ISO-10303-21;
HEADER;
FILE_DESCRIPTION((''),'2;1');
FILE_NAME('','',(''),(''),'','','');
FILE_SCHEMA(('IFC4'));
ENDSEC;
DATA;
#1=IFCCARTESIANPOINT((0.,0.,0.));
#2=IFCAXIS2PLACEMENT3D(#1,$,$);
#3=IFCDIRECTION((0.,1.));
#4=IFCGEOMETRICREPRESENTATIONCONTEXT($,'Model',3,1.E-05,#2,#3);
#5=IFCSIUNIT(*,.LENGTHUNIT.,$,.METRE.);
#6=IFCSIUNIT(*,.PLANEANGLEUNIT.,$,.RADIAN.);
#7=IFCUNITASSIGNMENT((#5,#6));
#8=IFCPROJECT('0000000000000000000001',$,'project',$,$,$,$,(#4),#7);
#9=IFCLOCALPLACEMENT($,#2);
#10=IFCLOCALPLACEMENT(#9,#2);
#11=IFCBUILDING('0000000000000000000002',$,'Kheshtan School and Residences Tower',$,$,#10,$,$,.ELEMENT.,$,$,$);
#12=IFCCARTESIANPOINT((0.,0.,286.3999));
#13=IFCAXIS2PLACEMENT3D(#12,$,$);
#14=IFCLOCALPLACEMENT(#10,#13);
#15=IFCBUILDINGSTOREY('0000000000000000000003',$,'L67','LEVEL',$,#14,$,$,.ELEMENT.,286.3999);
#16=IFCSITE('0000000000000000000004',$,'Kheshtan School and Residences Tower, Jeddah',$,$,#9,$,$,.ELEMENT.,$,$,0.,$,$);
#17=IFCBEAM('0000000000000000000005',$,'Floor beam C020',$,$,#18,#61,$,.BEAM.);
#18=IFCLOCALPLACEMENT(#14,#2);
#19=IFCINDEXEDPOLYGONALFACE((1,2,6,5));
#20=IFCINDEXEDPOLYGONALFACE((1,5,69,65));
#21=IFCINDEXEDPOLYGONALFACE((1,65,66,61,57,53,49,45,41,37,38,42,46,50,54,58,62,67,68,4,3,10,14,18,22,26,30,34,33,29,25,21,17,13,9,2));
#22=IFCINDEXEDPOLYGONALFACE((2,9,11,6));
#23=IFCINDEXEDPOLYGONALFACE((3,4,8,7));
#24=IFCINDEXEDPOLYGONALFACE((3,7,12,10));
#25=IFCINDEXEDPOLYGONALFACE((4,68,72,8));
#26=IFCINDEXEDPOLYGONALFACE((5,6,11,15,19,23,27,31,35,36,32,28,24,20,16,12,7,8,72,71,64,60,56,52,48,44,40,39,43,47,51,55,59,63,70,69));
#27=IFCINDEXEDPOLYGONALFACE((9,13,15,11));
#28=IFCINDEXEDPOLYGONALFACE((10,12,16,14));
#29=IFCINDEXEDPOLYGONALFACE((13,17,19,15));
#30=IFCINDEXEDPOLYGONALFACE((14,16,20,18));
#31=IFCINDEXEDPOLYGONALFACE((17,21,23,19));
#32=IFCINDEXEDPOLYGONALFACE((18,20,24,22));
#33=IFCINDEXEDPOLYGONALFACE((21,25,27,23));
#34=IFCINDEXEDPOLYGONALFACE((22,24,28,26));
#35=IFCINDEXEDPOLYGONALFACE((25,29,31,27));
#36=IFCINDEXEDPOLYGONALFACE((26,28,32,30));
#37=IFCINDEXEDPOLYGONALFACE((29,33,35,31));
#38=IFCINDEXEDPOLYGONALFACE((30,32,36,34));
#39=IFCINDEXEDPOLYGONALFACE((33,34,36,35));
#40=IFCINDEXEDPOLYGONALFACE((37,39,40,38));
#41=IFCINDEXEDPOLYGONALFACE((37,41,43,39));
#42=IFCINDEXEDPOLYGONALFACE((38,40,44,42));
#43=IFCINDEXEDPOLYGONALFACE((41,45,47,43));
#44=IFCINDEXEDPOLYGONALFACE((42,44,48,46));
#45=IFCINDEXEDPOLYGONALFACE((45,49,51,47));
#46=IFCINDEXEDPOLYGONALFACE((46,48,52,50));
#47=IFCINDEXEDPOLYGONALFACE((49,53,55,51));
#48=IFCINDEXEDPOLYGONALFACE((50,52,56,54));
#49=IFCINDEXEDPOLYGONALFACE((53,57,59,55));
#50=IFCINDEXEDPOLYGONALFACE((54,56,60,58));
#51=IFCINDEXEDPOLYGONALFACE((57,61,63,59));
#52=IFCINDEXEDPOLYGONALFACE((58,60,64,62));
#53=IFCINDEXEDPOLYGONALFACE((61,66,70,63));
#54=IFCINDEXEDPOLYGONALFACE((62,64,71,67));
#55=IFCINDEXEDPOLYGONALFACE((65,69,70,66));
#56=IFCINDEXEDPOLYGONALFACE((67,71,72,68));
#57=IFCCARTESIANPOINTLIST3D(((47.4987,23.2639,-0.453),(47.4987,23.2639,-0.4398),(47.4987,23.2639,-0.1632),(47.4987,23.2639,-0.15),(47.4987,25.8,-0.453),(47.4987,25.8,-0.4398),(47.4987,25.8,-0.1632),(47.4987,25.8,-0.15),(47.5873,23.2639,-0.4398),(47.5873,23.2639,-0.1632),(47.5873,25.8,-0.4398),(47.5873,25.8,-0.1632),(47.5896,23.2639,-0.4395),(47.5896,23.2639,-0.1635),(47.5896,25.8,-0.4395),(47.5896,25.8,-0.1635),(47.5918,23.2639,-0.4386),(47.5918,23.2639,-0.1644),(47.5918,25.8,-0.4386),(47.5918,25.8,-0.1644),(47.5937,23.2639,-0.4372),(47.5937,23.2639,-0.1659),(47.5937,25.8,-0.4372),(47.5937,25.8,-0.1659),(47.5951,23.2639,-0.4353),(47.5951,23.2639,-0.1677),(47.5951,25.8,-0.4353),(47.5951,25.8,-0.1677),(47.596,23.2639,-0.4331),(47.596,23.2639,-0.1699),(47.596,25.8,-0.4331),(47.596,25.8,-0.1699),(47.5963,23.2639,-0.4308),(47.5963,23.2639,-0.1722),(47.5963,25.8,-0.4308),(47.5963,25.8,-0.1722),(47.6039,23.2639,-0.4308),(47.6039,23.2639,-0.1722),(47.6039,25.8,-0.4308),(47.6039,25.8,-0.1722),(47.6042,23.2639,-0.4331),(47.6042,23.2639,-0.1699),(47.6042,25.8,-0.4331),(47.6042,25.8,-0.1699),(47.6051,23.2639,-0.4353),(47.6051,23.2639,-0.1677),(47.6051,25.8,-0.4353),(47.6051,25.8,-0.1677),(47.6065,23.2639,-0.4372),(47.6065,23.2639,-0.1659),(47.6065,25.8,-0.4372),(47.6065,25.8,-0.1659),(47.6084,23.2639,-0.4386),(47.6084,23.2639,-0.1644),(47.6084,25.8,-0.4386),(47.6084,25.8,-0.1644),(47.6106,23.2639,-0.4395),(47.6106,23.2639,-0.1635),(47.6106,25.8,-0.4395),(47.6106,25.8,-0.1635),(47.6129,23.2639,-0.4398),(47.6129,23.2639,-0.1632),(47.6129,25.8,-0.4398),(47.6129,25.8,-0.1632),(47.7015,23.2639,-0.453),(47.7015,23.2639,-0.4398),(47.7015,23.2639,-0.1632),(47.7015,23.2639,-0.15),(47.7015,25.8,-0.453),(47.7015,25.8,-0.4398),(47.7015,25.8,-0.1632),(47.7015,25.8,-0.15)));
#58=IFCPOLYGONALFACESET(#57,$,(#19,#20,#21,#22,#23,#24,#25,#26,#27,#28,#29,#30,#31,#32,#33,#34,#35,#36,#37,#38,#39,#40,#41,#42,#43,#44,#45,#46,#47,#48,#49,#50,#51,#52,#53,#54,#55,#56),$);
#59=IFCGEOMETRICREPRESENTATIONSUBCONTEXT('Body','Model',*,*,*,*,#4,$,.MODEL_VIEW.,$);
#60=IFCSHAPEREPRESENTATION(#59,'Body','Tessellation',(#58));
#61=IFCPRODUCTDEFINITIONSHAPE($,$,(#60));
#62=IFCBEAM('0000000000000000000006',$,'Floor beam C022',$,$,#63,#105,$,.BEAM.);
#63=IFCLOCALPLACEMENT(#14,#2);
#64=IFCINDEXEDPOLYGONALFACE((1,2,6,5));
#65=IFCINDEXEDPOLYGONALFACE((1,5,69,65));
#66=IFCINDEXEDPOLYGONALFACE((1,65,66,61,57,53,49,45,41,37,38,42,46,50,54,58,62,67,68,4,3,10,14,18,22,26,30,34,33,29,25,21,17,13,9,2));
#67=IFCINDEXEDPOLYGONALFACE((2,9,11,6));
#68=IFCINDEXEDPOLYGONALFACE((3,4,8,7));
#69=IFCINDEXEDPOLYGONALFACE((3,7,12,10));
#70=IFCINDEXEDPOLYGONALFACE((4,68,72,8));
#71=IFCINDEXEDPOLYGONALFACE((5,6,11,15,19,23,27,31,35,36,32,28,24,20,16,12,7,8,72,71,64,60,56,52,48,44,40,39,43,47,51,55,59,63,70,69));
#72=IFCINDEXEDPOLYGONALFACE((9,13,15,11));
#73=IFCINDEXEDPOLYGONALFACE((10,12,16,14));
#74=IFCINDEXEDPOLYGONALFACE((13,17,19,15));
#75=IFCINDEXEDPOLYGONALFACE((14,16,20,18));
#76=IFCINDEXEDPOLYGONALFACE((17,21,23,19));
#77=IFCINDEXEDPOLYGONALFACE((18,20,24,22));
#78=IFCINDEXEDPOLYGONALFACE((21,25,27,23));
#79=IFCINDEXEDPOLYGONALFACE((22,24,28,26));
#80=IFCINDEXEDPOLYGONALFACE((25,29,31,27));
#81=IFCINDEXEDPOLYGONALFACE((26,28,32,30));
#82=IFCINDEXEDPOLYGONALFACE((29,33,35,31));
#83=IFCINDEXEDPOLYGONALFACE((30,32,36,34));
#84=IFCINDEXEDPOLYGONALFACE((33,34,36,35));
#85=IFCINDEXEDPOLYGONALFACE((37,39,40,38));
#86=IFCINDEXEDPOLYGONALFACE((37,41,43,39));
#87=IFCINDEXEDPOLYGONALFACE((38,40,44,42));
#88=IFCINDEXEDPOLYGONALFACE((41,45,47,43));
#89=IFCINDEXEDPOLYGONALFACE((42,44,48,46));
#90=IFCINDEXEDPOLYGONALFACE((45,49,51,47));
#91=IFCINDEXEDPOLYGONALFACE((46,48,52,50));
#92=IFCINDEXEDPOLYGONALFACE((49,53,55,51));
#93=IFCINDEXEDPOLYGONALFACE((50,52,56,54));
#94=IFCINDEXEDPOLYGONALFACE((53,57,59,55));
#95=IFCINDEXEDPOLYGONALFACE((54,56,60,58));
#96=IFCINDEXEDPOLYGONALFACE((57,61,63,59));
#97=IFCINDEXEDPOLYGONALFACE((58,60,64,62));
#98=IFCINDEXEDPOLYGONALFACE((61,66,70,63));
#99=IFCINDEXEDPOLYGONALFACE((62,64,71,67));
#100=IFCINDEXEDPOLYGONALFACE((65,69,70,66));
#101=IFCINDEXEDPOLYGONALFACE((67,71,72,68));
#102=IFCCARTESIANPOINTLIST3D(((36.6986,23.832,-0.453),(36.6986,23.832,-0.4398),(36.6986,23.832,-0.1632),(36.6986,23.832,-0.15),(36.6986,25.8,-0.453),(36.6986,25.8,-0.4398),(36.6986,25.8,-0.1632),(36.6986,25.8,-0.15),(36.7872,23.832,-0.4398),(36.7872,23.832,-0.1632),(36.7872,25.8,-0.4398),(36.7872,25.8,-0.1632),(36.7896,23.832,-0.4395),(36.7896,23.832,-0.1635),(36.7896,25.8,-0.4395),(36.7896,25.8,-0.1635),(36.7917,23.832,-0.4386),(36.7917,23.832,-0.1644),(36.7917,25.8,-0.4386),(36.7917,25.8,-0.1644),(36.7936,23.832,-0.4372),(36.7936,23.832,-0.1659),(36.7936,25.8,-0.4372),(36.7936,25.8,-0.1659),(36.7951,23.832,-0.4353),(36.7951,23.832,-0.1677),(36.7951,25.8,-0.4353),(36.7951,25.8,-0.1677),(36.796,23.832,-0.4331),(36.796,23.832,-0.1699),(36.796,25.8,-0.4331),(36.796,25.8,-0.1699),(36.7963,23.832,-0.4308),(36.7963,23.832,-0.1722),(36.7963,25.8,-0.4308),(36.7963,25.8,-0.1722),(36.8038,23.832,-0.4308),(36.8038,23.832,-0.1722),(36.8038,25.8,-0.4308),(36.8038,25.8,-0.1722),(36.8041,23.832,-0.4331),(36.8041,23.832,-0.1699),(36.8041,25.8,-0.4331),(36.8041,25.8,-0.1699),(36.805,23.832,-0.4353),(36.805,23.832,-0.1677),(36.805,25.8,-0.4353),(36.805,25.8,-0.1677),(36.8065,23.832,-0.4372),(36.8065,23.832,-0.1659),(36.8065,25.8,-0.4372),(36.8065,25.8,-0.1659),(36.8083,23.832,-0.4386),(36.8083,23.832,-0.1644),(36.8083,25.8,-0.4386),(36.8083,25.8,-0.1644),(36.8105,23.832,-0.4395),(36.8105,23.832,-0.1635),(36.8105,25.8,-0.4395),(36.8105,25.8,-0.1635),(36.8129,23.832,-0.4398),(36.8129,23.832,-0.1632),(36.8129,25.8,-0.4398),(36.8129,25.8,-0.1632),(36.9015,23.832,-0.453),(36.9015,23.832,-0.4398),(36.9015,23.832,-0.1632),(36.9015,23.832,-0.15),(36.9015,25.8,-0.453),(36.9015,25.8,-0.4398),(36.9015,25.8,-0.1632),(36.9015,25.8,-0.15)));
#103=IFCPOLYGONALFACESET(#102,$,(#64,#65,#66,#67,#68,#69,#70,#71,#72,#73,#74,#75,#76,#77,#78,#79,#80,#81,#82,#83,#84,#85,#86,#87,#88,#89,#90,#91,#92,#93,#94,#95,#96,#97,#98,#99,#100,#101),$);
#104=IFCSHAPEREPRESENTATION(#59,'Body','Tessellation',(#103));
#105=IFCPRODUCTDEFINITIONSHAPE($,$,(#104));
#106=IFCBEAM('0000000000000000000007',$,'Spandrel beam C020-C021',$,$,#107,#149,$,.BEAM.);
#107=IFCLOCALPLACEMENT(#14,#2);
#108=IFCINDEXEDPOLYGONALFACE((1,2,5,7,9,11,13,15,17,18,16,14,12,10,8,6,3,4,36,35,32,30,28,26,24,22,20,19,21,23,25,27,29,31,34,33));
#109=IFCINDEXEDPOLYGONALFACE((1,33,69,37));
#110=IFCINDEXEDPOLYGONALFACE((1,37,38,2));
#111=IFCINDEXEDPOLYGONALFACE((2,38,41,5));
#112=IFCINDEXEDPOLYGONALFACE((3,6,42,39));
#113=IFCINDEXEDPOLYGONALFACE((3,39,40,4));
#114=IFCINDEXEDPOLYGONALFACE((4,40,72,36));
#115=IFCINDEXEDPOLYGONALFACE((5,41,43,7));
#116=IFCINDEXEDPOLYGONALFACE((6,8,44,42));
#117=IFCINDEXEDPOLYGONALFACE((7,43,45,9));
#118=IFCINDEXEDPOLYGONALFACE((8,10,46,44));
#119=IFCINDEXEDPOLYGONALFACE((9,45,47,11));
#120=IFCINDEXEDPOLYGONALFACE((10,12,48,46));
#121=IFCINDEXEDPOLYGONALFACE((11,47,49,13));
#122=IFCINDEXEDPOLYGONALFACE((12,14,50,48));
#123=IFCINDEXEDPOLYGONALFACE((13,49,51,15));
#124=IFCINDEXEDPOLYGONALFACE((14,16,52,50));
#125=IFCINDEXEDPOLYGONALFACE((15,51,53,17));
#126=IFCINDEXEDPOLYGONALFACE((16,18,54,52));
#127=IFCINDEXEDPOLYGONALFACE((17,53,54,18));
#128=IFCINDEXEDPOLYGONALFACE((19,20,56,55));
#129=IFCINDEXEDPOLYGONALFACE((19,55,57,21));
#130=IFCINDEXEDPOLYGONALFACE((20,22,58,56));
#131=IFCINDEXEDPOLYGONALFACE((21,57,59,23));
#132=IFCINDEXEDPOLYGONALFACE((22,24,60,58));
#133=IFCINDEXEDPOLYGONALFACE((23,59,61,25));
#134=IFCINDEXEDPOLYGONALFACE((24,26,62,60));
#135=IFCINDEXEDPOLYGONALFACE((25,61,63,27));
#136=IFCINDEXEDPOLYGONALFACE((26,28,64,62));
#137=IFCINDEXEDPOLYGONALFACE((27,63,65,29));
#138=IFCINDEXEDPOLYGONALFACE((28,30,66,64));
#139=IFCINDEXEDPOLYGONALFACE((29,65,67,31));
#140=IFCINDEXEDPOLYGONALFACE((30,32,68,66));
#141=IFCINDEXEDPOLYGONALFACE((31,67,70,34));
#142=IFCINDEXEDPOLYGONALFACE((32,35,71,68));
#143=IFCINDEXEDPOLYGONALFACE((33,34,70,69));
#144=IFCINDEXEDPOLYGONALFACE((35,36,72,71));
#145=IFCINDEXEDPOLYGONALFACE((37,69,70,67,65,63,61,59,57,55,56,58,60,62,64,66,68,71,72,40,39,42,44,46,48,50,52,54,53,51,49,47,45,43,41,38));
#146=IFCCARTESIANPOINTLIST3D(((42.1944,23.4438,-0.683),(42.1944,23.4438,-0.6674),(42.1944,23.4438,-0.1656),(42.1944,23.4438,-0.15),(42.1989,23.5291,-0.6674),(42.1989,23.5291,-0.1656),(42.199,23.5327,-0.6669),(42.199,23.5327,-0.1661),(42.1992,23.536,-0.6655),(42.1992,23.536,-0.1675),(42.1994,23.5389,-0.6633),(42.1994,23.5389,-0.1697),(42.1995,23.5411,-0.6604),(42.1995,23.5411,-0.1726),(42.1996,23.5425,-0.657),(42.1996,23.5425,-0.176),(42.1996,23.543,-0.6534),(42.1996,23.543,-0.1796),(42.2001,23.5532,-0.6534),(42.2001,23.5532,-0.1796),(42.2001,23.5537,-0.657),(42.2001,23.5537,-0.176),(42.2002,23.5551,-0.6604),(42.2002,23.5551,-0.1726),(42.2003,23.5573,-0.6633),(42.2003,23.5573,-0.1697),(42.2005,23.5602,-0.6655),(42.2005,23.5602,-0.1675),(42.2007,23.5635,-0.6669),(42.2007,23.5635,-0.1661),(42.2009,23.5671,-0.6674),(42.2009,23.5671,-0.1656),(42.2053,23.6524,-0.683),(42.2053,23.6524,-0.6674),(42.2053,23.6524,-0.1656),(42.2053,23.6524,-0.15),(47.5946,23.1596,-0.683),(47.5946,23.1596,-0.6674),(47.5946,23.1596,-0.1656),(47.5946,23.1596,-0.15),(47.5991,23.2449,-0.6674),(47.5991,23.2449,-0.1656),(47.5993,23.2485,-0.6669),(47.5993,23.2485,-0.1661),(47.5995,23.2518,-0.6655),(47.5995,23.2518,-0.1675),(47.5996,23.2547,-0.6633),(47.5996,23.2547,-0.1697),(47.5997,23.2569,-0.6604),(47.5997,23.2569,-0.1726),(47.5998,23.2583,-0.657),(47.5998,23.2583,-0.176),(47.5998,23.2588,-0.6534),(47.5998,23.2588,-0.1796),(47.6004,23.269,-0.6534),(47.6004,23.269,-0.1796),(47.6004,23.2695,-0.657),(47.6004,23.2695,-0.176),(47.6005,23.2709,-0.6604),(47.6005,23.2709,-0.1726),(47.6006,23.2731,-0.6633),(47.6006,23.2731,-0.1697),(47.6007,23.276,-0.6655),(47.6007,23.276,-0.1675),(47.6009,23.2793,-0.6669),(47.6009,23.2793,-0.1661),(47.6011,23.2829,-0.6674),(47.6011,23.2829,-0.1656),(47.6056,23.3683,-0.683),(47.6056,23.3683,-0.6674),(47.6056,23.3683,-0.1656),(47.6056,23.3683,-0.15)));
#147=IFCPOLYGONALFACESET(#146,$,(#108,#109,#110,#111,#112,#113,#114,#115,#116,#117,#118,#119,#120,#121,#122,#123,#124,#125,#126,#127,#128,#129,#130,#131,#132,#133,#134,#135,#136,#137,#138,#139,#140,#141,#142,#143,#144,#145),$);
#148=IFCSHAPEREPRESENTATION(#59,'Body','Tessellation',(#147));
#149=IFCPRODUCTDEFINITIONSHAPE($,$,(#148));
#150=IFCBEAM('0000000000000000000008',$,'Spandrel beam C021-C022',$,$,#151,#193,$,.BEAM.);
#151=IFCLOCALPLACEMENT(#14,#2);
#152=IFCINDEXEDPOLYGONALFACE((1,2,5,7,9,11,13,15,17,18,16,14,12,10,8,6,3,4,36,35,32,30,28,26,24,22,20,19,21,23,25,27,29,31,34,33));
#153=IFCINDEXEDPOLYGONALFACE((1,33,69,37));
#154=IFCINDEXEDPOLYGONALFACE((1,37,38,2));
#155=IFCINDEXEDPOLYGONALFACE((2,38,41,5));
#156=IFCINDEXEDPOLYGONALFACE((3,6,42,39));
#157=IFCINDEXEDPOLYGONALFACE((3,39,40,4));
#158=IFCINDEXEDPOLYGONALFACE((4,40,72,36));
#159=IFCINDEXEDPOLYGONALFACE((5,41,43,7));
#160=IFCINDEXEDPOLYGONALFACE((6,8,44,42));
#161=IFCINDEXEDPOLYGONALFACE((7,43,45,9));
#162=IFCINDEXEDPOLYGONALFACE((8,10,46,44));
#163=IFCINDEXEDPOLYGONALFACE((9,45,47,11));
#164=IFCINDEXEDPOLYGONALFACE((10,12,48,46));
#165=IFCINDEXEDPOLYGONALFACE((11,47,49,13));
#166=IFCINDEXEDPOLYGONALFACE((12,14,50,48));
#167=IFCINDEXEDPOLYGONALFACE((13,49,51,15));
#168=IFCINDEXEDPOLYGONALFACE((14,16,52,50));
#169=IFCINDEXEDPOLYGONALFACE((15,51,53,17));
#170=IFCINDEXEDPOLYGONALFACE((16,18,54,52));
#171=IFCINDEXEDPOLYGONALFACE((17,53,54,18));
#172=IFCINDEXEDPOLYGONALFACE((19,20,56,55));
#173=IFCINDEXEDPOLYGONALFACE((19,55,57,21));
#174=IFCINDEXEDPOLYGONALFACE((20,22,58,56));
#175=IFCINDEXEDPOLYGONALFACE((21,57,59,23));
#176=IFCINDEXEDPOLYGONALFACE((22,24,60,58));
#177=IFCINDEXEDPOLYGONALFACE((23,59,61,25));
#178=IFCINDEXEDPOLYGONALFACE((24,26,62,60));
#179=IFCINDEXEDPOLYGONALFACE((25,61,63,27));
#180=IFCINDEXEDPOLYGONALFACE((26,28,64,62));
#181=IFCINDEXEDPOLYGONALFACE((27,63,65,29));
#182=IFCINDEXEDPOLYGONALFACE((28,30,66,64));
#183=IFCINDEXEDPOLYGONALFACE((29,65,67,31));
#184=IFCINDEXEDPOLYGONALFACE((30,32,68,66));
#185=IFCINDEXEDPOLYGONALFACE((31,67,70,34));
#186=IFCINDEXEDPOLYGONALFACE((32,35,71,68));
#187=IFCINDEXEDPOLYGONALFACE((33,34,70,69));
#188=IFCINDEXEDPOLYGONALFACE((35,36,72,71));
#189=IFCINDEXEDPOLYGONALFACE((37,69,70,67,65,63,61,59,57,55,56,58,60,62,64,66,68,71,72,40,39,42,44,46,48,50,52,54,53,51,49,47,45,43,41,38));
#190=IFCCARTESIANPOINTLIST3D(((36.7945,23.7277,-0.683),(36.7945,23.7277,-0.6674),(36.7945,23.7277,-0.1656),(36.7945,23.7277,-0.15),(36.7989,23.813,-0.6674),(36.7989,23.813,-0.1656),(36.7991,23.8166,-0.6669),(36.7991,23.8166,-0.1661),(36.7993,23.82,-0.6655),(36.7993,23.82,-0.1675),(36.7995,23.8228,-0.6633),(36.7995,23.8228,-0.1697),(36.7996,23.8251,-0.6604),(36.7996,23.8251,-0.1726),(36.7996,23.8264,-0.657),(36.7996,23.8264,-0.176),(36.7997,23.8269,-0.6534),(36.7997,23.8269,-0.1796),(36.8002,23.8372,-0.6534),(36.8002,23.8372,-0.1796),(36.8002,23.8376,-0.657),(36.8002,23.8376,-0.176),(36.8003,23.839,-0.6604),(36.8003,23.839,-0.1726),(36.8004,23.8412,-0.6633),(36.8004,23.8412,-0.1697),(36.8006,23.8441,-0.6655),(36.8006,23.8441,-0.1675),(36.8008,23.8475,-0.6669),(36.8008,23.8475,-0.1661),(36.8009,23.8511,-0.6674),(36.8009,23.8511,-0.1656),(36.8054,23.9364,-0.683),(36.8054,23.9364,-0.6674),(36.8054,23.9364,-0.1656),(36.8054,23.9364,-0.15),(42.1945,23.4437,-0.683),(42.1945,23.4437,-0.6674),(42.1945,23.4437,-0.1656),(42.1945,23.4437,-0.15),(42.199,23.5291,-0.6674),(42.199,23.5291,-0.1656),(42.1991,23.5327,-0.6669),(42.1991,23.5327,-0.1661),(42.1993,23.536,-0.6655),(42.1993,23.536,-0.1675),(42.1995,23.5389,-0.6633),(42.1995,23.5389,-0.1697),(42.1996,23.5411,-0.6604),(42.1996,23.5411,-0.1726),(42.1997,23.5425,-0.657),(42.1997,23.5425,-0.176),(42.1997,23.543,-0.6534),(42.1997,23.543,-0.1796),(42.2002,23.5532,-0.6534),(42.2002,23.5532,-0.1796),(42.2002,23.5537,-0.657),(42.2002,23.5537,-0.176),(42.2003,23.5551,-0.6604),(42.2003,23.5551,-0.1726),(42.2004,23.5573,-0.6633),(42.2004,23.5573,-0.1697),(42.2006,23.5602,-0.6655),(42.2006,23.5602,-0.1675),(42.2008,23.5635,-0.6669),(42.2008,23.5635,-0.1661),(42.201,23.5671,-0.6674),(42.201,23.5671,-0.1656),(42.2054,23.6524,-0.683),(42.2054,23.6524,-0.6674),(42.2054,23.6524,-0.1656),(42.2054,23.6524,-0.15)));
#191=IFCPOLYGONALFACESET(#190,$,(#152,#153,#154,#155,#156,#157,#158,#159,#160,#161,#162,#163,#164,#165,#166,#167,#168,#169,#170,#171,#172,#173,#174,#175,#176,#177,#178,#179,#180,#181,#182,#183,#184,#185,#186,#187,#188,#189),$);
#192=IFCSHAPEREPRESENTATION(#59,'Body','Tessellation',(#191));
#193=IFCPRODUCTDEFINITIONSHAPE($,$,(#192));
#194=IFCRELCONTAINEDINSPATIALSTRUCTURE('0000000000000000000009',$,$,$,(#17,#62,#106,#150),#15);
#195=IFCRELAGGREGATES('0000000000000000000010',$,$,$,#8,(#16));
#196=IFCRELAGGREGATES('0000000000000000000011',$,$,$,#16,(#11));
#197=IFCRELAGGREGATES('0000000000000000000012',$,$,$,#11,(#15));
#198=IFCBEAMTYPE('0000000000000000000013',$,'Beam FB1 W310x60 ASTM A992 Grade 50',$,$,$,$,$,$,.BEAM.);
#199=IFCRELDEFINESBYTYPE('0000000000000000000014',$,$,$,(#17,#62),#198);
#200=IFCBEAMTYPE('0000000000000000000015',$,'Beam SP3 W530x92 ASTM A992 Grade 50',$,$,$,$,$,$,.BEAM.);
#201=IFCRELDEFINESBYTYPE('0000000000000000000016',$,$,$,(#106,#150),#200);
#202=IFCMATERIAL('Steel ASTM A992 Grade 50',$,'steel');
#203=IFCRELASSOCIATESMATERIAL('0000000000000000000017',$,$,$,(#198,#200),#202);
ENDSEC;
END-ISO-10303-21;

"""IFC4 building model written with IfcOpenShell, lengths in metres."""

from ifc_helpers import new_model, si_unit, direction, frame, origin, origin_2d, place, context, subcontext, project, spatial, i_section, extrude, material, material_profile, profile_set, type_object, element, save


model = new_model("IFC4")

# Units and contexts
model_context = context("Model", 3, precision=1e-05, world=origin(), true_north=direction((0.0, 1.0)))
body_context = subcontext(model_context, "Body", "Model", "MODEL_VIEW")
ifc_project = project(units=[si_unit("LENGTHUNIT", "METRE"), si_unit("PLANEANGLEUNIT", "RADIAN")], contexts=[model_context])

# Site, building, storey
site_placement = place(None, origin())
site = spatial("IfcSite", under=ifc_project, at=site_placement, Name="Kheshtan School and Residences Tower, Jeddah", CompositionType="ELEMENT", RefElevation=0.0)
building_placement = place(site_placement, origin())
building = spatial("IfcBuilding", under=site, at=building_placement, Name="Kheshtan School and Residences Tower", CompositionType="ELEMENT")
storey_placement = place(building_placement, frame((0.0, 0.0, 286.3999)))
storey = spatial("IfcBuildingStorey", under=building, at=storey_placement, Name="L67", Description="LEVEL", CompositionType="ELEMENT", Elevation=286.3999)

# Shared definitions
ifc_material_1 = material(Name="Steel ASTM A992 Grade 50", Category="steel")

# Beams
ifc_material_profile_1 = material_profile(ifc_material_1, i_section(OverallWidth=0.2029, OverallDepth=0.303, WebThickness=0.0076, FlangeThickness=0.0132, FilletRadius=0.009, at=origin_2d()), Name="W310x60")
ifc_profile_set_1 = profile_set([ifc_material_profile_1], Name="Steel ASTM A992 Grade 50")
beam_type_1 = type_object("IfcBeamType", Name="Beam FB1 W310x60 ASTM A992 Grade 50", PredefinedType="BEAM", material=ifc_profile_set_1)
beam_1_placement = place(storey_placement, frame((47.6001, 23.2639, -0.3015), z_axis=(0.0, 1.0, 0.0), x_axis=(-1.0, 0.0, 0.0)))
element("IfcBeam", 1, at=beam_1_placement, inside=storey, type_object=beam_type_1, Name="Floor beam C020", PredefinedType="BEAM", context=body_context, shape_type="SweptSolid", body=[
    extrude(i_section(OverallWidth=0.2029, OverallDepth=0.303, WebThickness=0.0076, FlangeThickness=0.0132, FilletRadius=0.009, at=origin_2d()), origin(), (0.0, 0.0, 1.0), 2.5361),
])
beam_2_placement = place(storey_placement, frame((36.8, 23.832, -0.3015), z_axis=(0.0, 1.0, 0.0), x_axis=(-1.0, 0.0, 0.0)))
element("IfcBeam", 2, at=beam_2_placement, inside=storey, type_object=beam_type_1, Name="Floor beam C022", PredefinedType="BEAM", context=body_context, shape_type="SweptSolid", body=[
    extrude(i_section(OverallWidth=0.2029, OverallDepth=0.303, WebThickness=0.0076, FlangeThickness=0.0132, FilletRadius=0.009, at=origin_2d()), origin(), (0.0, 0.0, 1.0), 1.968),
])
ifc_material_profile_2 = material_profile(ifc_material_1, i_section(OverallWidth=0.209, OverallDepth=0.533, WebThickness=0.0103, FlangeThickness=0.0156, FilletRadius=0.0139, at=origin_2d()), Name="W530x92")
ifc_profile_set_2 = profile_set([ifc_material_profile_2], Name="Steel ASTM A992 Grade 50")
beam_type_2 = type_object("IfcBeamType", Name="Beam SP3 W530x92 ASTM A992 Grade 50", PredefinedType="BEAM", material=ifc_profile_set_2)
beam_3_placement = place(storey_placement, frame((47.6001, 23.2639, -0.4165), z_axis=(-0.998618, 0.052552, 0.0), x_axis=(-0.052552, -0.998618, 0.0)))
element("IfcBeam", 3, at=beam_3_placement, inside=storey, type_object=beam_type_2, Name="Spandrel beam C020-C021", PredefinedType="BEAM", context=body_context, shape_type="SweptSolid", body=[
    extrude(i_section(OverallWidth=0.209, OverallDepth=0.533, WebThickness=0.0103, FlangeThickness=0.0156, FilletRadius=0.0139, at=origin_2d()), origin(), (0.0, 0.0, 1.0), 5.4077),
])
beam_4_placement = place(storey_placement, frame((42.2, 23.5481, -0.4165), z_axis=(-0.99862, 0.052509, 0.0), x_axis=(-0.052509, -0.99862, 0.0)))
element("IfcBeam", 4, at=beam_4_placement, inside=storey, type_object=beam_type_2, Name="Spandrel beam C021-C022", PredefinedType="BEAM", context=body_context, shape_type="SweptSolid", body=[
    extrude(i_section(OverallWidth=0.209, OverallDepth=0.533, WebThickness=0.0103, FlangeThickness=0.0156, FilletRadius=0.0139, at=origin_2d()), origin(), (0.0, 0.0, 1.0), 5.4075),
])

save(model, "model.ifc")
